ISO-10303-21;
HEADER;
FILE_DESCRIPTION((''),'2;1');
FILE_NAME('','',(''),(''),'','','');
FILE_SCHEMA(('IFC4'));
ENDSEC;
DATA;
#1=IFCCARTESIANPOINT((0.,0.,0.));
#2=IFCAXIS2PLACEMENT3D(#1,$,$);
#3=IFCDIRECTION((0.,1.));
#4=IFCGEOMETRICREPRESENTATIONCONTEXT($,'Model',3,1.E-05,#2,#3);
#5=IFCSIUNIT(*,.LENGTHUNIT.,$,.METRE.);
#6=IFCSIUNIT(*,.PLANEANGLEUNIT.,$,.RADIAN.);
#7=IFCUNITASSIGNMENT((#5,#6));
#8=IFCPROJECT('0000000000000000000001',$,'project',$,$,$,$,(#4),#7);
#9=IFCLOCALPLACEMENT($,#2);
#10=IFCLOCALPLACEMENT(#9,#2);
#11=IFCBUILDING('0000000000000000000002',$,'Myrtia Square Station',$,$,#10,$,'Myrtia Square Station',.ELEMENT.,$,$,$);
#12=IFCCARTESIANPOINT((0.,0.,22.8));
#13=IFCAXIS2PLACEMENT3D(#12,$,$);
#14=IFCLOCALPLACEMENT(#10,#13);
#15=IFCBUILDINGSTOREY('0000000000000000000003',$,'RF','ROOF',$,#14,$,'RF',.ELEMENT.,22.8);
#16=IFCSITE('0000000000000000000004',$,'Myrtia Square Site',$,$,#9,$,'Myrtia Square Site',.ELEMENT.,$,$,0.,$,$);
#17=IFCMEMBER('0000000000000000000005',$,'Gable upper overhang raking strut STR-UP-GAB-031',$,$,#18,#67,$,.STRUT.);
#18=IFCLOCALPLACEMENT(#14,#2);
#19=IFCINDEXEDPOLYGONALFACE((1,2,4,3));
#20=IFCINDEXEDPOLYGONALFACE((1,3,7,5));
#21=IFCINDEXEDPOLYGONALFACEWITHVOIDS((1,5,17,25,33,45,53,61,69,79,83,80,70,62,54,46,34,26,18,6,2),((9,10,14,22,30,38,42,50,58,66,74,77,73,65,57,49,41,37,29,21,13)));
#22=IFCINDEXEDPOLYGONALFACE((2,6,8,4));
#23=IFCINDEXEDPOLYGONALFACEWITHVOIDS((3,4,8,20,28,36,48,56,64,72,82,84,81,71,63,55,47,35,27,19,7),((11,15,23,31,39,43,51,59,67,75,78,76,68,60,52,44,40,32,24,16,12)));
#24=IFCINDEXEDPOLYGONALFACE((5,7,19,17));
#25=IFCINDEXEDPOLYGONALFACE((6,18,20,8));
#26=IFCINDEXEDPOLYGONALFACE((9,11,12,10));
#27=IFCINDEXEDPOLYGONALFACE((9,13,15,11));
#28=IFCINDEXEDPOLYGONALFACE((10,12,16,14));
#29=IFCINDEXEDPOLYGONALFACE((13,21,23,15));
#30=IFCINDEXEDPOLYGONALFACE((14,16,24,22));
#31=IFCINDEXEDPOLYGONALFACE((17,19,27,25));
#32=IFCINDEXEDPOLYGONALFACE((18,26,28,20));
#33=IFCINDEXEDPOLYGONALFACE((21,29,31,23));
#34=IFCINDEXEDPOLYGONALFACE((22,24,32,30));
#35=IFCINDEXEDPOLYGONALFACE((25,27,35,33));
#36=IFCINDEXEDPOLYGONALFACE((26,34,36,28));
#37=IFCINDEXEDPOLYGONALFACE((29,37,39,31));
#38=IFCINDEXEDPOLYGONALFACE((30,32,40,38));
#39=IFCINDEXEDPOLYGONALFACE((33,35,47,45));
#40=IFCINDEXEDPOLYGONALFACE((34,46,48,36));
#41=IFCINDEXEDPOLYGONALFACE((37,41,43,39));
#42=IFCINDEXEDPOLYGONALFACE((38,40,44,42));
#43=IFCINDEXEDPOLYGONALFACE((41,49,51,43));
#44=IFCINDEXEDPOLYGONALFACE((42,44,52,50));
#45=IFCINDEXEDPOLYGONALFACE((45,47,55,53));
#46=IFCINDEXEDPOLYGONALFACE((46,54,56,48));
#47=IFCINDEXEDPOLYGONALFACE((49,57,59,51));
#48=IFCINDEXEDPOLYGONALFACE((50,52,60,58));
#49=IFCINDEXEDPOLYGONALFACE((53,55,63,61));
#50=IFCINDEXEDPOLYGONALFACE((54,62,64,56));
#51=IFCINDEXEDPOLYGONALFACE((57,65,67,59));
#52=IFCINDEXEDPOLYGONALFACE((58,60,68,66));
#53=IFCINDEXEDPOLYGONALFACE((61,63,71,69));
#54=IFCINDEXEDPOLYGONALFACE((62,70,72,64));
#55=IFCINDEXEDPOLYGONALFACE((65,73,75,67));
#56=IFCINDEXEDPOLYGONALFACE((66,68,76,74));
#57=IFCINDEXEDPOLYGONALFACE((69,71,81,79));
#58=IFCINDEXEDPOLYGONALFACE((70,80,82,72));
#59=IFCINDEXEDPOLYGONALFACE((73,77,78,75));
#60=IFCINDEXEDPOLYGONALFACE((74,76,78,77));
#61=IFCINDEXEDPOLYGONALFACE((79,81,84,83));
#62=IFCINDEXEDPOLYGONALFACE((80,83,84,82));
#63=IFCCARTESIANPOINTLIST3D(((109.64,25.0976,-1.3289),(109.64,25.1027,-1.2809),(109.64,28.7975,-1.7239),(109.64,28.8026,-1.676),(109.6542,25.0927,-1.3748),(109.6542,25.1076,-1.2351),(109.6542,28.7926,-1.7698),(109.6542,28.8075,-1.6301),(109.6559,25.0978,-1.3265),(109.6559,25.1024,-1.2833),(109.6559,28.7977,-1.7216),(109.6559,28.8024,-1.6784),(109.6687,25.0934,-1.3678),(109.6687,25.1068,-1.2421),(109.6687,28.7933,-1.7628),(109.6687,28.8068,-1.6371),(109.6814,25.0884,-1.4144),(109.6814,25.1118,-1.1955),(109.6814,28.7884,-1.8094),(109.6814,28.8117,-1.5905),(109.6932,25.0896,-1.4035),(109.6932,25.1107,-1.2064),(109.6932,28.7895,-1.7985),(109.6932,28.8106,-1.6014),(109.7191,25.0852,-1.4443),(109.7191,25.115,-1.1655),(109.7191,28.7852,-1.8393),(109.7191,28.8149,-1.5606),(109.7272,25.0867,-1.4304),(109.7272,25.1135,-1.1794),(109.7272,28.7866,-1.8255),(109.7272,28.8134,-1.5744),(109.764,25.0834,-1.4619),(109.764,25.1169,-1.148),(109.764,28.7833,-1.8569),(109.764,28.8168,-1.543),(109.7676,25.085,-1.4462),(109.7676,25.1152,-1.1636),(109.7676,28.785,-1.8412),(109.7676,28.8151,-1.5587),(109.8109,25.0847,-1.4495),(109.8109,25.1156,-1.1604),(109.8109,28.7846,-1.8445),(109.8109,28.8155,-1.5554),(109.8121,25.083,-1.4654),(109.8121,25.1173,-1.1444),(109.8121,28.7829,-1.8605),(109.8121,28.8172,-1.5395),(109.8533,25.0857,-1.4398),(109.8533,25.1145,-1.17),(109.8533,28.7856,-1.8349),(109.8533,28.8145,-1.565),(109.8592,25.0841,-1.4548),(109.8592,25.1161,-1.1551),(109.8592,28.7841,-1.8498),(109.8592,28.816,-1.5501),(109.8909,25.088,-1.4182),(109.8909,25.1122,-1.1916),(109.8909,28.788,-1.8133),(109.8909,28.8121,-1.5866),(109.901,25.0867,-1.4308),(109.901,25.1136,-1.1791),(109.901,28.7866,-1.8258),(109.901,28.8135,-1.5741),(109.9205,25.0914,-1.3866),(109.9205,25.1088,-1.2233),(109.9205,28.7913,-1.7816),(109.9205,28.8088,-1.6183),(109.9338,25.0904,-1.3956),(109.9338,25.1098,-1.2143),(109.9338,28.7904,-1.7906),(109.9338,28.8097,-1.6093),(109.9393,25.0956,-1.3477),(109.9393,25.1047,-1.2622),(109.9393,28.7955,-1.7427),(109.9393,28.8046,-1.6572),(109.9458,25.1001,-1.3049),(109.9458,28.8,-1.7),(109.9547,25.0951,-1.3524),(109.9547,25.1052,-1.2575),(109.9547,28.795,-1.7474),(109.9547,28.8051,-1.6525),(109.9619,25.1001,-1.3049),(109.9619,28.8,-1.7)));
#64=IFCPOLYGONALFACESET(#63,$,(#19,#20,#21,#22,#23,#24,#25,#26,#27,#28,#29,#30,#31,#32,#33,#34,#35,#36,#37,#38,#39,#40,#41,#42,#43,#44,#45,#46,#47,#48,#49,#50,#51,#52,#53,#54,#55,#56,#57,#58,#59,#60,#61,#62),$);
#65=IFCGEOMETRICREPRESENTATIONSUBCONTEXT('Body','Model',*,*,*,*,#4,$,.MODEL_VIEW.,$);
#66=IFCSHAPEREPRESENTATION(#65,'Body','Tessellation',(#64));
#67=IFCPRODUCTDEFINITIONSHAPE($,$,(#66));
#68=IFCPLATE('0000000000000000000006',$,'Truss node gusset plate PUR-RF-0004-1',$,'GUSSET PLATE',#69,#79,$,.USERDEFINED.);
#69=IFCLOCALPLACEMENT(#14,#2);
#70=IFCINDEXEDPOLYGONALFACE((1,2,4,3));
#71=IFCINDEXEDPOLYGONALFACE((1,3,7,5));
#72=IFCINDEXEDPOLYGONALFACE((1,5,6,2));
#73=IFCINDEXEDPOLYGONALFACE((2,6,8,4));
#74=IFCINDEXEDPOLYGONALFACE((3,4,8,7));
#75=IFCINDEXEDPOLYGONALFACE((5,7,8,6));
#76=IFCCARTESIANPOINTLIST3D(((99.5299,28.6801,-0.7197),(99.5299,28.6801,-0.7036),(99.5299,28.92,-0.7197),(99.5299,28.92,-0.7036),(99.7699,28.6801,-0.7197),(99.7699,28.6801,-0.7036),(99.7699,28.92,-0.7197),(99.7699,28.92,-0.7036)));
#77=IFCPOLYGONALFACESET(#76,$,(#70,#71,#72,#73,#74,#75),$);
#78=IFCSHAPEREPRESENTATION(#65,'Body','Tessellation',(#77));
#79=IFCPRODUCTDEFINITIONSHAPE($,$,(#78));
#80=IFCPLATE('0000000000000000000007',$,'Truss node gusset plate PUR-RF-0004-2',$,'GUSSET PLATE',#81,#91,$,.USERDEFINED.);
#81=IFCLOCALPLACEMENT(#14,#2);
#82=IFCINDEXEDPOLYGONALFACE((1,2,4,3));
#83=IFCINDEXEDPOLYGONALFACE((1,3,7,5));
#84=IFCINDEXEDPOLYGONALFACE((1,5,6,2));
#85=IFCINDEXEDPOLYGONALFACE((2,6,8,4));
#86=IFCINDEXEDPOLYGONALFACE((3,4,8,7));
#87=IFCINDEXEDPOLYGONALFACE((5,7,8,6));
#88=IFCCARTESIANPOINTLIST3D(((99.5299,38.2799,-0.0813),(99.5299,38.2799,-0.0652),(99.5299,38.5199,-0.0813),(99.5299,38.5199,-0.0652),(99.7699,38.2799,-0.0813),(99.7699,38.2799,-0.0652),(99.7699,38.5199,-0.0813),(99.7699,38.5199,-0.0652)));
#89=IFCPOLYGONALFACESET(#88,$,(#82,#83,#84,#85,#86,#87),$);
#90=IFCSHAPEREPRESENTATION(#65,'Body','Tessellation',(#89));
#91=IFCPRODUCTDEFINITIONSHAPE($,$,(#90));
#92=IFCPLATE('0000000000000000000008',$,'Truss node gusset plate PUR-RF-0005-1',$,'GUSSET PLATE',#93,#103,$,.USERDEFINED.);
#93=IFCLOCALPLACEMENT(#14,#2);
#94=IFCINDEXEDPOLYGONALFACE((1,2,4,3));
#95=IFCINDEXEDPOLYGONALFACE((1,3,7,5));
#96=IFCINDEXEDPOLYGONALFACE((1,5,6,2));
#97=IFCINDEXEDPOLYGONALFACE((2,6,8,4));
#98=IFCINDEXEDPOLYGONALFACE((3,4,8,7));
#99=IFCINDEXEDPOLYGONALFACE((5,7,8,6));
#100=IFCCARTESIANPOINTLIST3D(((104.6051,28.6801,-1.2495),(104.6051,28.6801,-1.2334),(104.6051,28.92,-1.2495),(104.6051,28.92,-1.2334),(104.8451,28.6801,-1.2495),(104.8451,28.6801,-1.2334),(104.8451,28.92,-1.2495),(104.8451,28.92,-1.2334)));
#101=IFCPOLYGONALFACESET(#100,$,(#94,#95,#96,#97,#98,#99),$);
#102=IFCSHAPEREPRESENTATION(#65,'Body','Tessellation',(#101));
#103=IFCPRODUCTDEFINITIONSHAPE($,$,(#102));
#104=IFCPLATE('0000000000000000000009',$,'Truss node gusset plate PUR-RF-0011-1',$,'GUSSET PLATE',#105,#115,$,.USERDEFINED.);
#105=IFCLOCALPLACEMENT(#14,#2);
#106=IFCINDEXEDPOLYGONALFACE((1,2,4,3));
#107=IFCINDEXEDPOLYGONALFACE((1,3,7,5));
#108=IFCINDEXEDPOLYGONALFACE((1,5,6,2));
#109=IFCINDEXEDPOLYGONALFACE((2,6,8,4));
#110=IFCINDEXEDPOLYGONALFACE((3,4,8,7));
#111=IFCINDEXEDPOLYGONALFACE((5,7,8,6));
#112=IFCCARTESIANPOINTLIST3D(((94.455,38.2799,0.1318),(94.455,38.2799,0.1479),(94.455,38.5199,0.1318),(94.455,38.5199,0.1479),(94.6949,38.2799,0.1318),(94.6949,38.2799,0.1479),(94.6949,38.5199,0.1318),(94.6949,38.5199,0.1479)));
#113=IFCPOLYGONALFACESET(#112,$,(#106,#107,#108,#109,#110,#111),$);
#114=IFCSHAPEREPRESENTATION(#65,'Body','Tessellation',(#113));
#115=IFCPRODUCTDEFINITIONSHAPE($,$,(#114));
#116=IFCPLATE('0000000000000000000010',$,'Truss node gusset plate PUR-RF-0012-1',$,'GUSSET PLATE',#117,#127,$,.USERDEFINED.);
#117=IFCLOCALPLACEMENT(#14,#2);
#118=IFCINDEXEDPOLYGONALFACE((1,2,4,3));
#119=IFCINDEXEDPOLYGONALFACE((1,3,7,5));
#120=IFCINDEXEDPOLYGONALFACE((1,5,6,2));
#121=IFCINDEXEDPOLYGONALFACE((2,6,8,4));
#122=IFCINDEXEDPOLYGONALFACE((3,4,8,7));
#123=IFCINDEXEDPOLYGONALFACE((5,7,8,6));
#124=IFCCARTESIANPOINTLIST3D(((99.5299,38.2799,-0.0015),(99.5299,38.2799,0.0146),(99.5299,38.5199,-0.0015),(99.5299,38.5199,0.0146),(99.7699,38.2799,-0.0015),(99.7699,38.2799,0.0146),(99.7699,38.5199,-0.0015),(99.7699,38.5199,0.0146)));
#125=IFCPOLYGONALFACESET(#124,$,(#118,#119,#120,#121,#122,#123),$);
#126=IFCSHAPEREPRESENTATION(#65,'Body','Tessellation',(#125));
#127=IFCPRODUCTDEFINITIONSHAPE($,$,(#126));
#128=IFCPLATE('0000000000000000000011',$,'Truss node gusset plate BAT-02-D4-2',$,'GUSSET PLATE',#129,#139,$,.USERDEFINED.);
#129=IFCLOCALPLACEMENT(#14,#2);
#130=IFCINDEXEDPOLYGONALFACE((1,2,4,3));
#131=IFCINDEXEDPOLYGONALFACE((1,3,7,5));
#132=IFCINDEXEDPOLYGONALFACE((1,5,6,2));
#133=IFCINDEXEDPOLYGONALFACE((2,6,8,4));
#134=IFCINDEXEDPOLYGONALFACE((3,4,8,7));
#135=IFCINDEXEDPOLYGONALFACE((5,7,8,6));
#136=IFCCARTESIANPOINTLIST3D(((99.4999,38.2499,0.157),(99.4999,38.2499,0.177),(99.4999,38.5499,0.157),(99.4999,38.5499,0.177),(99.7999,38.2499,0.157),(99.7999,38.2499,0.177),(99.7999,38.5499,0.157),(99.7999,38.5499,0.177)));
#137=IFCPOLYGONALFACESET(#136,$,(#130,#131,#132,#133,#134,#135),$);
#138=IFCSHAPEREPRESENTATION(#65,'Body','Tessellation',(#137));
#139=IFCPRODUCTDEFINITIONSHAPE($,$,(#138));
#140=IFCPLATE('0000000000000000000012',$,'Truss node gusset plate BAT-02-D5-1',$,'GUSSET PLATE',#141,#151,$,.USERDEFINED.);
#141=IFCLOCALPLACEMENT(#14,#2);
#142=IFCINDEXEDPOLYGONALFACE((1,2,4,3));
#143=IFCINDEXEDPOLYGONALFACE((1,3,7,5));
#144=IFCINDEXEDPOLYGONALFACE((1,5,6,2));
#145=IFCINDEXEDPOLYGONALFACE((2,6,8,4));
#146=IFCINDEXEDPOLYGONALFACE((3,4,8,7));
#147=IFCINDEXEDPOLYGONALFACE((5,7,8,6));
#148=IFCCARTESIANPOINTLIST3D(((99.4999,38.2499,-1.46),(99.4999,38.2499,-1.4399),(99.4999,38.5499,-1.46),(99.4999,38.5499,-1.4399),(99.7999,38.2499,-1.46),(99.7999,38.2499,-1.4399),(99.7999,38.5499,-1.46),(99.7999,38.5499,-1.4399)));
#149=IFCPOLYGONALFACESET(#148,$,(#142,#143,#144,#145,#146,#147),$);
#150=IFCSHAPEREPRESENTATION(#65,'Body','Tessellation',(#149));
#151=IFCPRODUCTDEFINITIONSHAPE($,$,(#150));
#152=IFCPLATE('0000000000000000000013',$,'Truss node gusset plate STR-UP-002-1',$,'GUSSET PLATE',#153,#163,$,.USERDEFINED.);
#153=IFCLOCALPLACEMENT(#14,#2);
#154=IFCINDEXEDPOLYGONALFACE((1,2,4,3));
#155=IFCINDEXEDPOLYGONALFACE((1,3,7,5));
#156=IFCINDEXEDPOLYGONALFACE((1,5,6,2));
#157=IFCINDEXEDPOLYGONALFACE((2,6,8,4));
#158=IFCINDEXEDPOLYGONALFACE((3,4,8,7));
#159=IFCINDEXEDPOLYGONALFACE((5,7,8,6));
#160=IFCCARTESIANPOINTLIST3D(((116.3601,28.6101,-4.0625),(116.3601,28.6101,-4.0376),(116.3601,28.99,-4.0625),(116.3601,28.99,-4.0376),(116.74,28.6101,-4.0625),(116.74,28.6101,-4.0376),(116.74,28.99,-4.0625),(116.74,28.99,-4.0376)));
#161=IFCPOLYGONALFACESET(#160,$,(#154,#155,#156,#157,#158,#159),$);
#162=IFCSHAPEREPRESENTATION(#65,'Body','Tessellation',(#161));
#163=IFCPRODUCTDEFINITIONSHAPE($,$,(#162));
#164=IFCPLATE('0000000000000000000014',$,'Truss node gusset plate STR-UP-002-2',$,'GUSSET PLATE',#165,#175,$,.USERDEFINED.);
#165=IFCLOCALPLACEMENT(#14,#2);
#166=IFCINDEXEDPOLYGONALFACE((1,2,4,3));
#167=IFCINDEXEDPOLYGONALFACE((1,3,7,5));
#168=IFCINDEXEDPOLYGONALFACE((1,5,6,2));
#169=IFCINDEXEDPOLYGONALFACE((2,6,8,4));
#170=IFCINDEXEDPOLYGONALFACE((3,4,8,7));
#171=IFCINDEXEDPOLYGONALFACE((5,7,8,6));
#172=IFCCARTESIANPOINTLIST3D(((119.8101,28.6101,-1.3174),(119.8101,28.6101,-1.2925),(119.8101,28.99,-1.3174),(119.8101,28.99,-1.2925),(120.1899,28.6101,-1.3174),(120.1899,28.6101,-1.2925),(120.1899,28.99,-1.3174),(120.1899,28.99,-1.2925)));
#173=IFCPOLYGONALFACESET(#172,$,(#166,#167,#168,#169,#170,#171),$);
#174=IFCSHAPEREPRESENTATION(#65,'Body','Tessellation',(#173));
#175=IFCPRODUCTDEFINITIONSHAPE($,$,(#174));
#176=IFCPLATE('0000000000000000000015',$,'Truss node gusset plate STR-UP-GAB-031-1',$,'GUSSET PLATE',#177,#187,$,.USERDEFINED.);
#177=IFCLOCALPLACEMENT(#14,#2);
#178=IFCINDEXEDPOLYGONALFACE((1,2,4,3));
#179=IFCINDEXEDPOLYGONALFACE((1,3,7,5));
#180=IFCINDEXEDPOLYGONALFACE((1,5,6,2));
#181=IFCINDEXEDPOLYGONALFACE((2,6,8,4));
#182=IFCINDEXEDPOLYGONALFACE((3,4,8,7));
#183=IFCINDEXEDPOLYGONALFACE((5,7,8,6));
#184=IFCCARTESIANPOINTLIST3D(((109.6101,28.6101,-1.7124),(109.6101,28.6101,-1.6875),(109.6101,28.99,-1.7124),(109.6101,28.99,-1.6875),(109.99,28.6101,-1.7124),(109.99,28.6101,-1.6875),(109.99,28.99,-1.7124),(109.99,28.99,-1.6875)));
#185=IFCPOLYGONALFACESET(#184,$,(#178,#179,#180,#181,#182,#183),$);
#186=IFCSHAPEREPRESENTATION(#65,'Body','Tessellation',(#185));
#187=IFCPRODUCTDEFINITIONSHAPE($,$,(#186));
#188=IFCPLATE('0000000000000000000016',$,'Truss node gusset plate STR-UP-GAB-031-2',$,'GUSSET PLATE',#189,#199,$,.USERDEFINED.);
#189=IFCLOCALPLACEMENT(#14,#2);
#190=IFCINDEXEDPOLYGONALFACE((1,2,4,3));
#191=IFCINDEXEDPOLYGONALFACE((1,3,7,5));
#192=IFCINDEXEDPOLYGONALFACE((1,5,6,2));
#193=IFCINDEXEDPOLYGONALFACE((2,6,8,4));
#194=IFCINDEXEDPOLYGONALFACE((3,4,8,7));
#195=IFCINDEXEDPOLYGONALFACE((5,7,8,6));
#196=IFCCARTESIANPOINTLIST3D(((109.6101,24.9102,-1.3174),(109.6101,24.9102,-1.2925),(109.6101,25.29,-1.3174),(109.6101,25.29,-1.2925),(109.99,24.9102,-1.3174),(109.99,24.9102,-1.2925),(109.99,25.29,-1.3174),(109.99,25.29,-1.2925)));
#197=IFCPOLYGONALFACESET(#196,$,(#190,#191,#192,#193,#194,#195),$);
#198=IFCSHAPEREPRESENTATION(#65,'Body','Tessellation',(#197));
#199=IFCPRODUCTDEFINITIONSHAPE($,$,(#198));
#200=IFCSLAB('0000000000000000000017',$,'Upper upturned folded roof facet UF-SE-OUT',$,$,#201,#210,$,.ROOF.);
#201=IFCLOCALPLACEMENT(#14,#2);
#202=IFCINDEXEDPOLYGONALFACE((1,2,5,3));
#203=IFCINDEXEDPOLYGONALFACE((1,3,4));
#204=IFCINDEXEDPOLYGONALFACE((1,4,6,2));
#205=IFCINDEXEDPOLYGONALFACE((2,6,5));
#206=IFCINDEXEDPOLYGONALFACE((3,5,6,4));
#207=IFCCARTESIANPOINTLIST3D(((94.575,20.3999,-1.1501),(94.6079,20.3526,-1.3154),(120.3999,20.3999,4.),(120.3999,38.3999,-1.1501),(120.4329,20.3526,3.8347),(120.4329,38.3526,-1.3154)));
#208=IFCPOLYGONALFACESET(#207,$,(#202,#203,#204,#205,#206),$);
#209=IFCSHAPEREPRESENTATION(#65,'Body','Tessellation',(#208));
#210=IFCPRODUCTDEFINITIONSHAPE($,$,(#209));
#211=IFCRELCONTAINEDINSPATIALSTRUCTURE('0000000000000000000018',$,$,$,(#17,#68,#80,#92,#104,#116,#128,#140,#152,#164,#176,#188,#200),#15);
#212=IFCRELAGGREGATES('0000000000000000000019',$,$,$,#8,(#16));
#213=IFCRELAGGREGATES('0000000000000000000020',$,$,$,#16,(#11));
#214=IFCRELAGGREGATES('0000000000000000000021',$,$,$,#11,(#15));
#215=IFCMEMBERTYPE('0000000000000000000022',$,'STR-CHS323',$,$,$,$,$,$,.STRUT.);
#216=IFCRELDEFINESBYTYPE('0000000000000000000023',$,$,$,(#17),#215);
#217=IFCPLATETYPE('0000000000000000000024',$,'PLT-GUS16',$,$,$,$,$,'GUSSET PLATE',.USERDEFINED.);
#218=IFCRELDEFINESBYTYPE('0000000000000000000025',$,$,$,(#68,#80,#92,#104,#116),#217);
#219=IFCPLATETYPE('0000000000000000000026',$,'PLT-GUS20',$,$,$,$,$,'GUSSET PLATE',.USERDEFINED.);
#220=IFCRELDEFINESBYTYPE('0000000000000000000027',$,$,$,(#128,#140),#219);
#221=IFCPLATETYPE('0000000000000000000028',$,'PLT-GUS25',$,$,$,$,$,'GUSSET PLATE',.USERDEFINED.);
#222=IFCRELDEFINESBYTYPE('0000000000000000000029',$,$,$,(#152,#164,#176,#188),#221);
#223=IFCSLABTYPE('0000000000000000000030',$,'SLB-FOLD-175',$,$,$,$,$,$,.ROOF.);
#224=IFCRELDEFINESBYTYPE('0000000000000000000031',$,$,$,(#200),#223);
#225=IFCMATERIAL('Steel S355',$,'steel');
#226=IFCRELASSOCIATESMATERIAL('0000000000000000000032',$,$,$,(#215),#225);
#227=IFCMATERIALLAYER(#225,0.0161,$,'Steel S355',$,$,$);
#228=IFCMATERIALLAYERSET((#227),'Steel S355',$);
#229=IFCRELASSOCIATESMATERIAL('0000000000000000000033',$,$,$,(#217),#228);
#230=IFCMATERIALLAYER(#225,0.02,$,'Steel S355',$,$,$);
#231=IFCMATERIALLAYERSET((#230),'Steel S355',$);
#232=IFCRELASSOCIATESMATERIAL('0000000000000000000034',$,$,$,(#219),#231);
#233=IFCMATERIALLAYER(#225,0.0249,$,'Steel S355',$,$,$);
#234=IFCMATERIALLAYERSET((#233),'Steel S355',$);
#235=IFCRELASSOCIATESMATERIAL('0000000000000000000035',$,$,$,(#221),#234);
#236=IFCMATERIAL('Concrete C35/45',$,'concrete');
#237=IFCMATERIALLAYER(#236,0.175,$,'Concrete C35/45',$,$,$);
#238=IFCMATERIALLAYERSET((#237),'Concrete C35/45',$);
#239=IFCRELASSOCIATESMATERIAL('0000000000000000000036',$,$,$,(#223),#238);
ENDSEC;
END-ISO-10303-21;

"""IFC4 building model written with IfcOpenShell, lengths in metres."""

from ifc_helpers import new_model, si_unit, direction, frame, origin, origin_2d, place, context, subcontext, project, spatial, polyline, rectangle, hollow_circle, outline, extrude, material, layer, layer_set, material_profile, profile_set, type_object, element, save


model = new_model("IFC4")

# Units and contexts
model_context = context("Model", 3, precision=1e-05, world=origin(), true_north=direction((0.0, 1.0)))
body_context = subcontext(model_context, "Body", "Model", "MODEL_VIEW")
ifc_project = project(units=[si_unit("LENGTHUNIT", "METRE"), si_unit("PLANEANGLEUNIT", "RADIAN")], contexts=[model_context])

# Site, building, storey
site_placement = place(None, origin())
site = spatial("IfcSite", under=ifc_project, at=site_placement, Name="Myrtia Square Site", LongName="Myrtia Square Site", CompositionType="ELEMENT", RefElevation=0.0)
building_placement = place(site_placement, origin())
building = spatial("IfcBuilding", under=site, at=building_placement, Name="Myrtia Square Station", LongName="Myrtia Square Station", CompositionType="ELEMENT")
storey_placement = place(building_placement, frame((0.0, 0.0, 22.8)))
storey = spatial("IfcBuildingStorey", under=building, at=storey_placement, Name="RF", Description="ROOF", LongName="RF", CompositionType="ELEMENT", Elevation=22.8)

# Member
ifc_material_1 = material(Name="Steel S355", Category="steel")
ifc_material_profile_1 = material_profile(ifc_material_1, hollow_circle(Radius=0.1619, WallThickness=0.0161, at=origin_2d()), Name="CHS 323.9x16")
ifc_profile_set_1 = profile_set([ifc_material_profile_1], Name="Steel S355")
member_type_1 = type_object("IfcMemberType", Name="STR-CHS323", PredefinedType="STRUT", material=ifc_profile_set_1)
member_1_placement = place(storey_placement, frame((109.8, 28.8, -1.7), z_axis=(0.0, -0.994349, 0.10616), x_axis=(1.0, 0.0, 0.0)))
element("IfcMember", 1, at=member_1_placement, inside=storey, type_object=member_type_1, Name="Gable upper overhang raking strut STR-UP-GAB-031", PredefinedType="STRUT", context=body_context, shape_type="SweptSolid", body=[
    extrude(hollow_circle(Radius=0.1619, WallThickness=0.0161, at=origin_2d()), origin(), (0.0, 0.0, 1.0), 3.7209),
])

# Plates
ifc_layer_1 = layer(ifc_material_1, 0.0161, Name="Steel S355")
ifc_layer_set_1 = layer_set([ifc_layer_1], Name="Steel S355")
plate_type_1 = type_object("IfcPlateType", Name="PLT-GUS16", ElementType="GUSSET PLATE", PredefinedType="USERDEFINED", material=ifc_layer_set_1)
for number, where, z_axis, x_axis, name in (
    (2, (99.6499, 28.8, -0.7197), (0.0, 0.0, 1.0), (0.0, 1.0, 0.0), "Truss node gusset plate PUR-RF-0004-1"),
    (3, (99.6499, 38.3999, -0.0813), (0.0, 0.0, 1.0), (0.0, 1.0, 0.0), "Truss node gusset plate PUR-RF-0004-2"),
    (4, (104.7251, 28.8, -1.2495), (0.0, 0.0, 1.0), (0.0, 1.0, 0.0), "Truss node gusset plate PUR-RF-0005-1"),
    (5, (94.575, 38.3999, 0.1318), (0.0, 0.0, 1.0), (0.0, 1.0, 0.0), "Truss node gusset plate PUR-RF-0011-1"),
    (6, (99.6499, 38.3999, -0.0015), (0.0, 0.0, 1.0), (0.0, 1.0, 0.0), "Truss node gusset plate PUR-RF-0012-1"),
):
    element("IfcPlate", number, at=place(storey_placement, frame(where, z_axis=z_axis, x_axis=x_axis)), inside=storey, type_object=plate_type_1, Name=name, ObjectType="GUSSET PLATE", PredefinedType="USERDEFINED", context=body_context, shape_type="SweptSolid", body=[
        extrude(rectangle(XDim=0.24, YDim=0.24, at=origin_2d()), origin(), (0.0, 0.0, 1.0), 0.0161),
    ])
ifc_layer_2 = layer(ifc_material_1, 0.02, Name="Steel S355")
ifc_layer_set_2 = layer_set([ifc_layer_2], Name="Steel S355")
plate_type_2 = type_object("IfcPlateType", Name="PLT-GUS20", ElementType="GUSSET PLATE", PredefinedType="USERDEFINED", material=ifc_layer_set_2)
for number, where, z_axis, x_axis, name in (
    (7, (99.6499, 38.3999, 0.157), (0.0, 0.0, 1.0), (1.0, 0.0, 0.0), "Truss node gusset plate BAT-02-D4-2"),
    (8, (99.6499, 38.3999, -1.46), (0.0, 0.0, 1.0), (1.0, 0.0, 0.0), "Truss node gusset plate BAT-02-D5-1"),
):
    element("IfcPlate", number, at=place(storey_placement, frame(where, z_axis=z_axis, x_axis=x_axis)), inside=storey, type_object=plate_type_2, Name=name, ObjectType="GUSSET PLATE", PredefinedType="USERDEFINED", context=body_context, shape_type="SweptSolid", body=[
        extrude(rectangle(XDim=0.3, YDim=0.3, at=origin_2d()), origin(), (0.0, 0.0, 1.0), 0.02),
    ])
ifc_layer_3 = layer(ifc_material_1, 0.0249, Name="Steel S355")
ifc_layer_set_3 = layer_set([ifc_layer_3], Name="Steel S355")
plate_type_3 = type_object("IfcPlateType", Name="PLT-GUS25", ElementType="GUSSET PLATE", PredefinedType="USERDEFINED", material=ifc_layer_set_3)
for number, where, z_axis, x_axis, name in (
    (9, (116.55, 28.8, -4.0625), (0.0, 0.0, 1.0), (1.0, 0.0, 0.0), "Truss node gusset plate STR-UP-002-1"),
    (10, (120.0, 28.8, -1.3174), (0.0, 0.0, 1.0), (1.0, 0.0, 0.0), "Truss node gusset plate STR-UP-002-2"),
    (11, (109.8, 28.8, -1.7124), (0.0, 0.0, 1.0), (0.0, -1.0, 0.0), "Truss node gusset plate STR-UP-GAB-031-1"),
    (12, (109.8, 25.1001, -1.3174), (0.0, 0.0, 1.0), (0.0, -1.0, 0.0), "Truss node gusset plate STR-UP-GAB-031-2"),
):
    element("IfcPlate", number, at=place(storey_placement, frame(where, z_axis=z_axis, x_axis=x_axis)), inside=storey, type_object=plate_type_3, Name=name, ObjectType="GUSSET PLATE", PredefinedType="USERDEFINED", context=body_context, shape_type="SweptSolid", body=[
        extrude(rectangle(XDim=0.3799, YDim=0.3799, at=origin_2d()), origin(), (0.0, 0.0, 1.0), 0.0249),
    ])

# Slab
ifc_material_2 = material(Name="Concrete C35/45", Category="concrete")
ifc_layer_4 = layer(ifc_material_2, 0.175, Name="Concrete C35/45")
ifc_layer_set_4 = layer_set([ifc_layer_4], Name="Concrete C35/45")
slab_type = type_object("IfcSlabType", Name="SLB-FOLD-175", PredefinedType="ROOF", material=ifc_layer_set_4)
slab_placement = place(storey_placement, frame((120.3999, 20.3999, 4.0), z_axis=(-0.188302, 0.27016, 0.944222), x_axis=(0.0, 0.961421, -0.275081)))
element("IfcSlab", 13, at=slab_placement, inside=storey, type_object=slab_type, Name="Upper upturned folded roof facet UF-SE-OUT", PredefinedType="ROOF", context=body_context, shape_type="SweptSolid", body=[
    extrude(outline(polyline([(0.0, 0.0), (18.7223, 0.0), (1.4167, 26.2953), (0.0, 0.0)])), origin(), (0.0, 0.0, -1.0), 0.175),
])

save(model, "model.ifc")
